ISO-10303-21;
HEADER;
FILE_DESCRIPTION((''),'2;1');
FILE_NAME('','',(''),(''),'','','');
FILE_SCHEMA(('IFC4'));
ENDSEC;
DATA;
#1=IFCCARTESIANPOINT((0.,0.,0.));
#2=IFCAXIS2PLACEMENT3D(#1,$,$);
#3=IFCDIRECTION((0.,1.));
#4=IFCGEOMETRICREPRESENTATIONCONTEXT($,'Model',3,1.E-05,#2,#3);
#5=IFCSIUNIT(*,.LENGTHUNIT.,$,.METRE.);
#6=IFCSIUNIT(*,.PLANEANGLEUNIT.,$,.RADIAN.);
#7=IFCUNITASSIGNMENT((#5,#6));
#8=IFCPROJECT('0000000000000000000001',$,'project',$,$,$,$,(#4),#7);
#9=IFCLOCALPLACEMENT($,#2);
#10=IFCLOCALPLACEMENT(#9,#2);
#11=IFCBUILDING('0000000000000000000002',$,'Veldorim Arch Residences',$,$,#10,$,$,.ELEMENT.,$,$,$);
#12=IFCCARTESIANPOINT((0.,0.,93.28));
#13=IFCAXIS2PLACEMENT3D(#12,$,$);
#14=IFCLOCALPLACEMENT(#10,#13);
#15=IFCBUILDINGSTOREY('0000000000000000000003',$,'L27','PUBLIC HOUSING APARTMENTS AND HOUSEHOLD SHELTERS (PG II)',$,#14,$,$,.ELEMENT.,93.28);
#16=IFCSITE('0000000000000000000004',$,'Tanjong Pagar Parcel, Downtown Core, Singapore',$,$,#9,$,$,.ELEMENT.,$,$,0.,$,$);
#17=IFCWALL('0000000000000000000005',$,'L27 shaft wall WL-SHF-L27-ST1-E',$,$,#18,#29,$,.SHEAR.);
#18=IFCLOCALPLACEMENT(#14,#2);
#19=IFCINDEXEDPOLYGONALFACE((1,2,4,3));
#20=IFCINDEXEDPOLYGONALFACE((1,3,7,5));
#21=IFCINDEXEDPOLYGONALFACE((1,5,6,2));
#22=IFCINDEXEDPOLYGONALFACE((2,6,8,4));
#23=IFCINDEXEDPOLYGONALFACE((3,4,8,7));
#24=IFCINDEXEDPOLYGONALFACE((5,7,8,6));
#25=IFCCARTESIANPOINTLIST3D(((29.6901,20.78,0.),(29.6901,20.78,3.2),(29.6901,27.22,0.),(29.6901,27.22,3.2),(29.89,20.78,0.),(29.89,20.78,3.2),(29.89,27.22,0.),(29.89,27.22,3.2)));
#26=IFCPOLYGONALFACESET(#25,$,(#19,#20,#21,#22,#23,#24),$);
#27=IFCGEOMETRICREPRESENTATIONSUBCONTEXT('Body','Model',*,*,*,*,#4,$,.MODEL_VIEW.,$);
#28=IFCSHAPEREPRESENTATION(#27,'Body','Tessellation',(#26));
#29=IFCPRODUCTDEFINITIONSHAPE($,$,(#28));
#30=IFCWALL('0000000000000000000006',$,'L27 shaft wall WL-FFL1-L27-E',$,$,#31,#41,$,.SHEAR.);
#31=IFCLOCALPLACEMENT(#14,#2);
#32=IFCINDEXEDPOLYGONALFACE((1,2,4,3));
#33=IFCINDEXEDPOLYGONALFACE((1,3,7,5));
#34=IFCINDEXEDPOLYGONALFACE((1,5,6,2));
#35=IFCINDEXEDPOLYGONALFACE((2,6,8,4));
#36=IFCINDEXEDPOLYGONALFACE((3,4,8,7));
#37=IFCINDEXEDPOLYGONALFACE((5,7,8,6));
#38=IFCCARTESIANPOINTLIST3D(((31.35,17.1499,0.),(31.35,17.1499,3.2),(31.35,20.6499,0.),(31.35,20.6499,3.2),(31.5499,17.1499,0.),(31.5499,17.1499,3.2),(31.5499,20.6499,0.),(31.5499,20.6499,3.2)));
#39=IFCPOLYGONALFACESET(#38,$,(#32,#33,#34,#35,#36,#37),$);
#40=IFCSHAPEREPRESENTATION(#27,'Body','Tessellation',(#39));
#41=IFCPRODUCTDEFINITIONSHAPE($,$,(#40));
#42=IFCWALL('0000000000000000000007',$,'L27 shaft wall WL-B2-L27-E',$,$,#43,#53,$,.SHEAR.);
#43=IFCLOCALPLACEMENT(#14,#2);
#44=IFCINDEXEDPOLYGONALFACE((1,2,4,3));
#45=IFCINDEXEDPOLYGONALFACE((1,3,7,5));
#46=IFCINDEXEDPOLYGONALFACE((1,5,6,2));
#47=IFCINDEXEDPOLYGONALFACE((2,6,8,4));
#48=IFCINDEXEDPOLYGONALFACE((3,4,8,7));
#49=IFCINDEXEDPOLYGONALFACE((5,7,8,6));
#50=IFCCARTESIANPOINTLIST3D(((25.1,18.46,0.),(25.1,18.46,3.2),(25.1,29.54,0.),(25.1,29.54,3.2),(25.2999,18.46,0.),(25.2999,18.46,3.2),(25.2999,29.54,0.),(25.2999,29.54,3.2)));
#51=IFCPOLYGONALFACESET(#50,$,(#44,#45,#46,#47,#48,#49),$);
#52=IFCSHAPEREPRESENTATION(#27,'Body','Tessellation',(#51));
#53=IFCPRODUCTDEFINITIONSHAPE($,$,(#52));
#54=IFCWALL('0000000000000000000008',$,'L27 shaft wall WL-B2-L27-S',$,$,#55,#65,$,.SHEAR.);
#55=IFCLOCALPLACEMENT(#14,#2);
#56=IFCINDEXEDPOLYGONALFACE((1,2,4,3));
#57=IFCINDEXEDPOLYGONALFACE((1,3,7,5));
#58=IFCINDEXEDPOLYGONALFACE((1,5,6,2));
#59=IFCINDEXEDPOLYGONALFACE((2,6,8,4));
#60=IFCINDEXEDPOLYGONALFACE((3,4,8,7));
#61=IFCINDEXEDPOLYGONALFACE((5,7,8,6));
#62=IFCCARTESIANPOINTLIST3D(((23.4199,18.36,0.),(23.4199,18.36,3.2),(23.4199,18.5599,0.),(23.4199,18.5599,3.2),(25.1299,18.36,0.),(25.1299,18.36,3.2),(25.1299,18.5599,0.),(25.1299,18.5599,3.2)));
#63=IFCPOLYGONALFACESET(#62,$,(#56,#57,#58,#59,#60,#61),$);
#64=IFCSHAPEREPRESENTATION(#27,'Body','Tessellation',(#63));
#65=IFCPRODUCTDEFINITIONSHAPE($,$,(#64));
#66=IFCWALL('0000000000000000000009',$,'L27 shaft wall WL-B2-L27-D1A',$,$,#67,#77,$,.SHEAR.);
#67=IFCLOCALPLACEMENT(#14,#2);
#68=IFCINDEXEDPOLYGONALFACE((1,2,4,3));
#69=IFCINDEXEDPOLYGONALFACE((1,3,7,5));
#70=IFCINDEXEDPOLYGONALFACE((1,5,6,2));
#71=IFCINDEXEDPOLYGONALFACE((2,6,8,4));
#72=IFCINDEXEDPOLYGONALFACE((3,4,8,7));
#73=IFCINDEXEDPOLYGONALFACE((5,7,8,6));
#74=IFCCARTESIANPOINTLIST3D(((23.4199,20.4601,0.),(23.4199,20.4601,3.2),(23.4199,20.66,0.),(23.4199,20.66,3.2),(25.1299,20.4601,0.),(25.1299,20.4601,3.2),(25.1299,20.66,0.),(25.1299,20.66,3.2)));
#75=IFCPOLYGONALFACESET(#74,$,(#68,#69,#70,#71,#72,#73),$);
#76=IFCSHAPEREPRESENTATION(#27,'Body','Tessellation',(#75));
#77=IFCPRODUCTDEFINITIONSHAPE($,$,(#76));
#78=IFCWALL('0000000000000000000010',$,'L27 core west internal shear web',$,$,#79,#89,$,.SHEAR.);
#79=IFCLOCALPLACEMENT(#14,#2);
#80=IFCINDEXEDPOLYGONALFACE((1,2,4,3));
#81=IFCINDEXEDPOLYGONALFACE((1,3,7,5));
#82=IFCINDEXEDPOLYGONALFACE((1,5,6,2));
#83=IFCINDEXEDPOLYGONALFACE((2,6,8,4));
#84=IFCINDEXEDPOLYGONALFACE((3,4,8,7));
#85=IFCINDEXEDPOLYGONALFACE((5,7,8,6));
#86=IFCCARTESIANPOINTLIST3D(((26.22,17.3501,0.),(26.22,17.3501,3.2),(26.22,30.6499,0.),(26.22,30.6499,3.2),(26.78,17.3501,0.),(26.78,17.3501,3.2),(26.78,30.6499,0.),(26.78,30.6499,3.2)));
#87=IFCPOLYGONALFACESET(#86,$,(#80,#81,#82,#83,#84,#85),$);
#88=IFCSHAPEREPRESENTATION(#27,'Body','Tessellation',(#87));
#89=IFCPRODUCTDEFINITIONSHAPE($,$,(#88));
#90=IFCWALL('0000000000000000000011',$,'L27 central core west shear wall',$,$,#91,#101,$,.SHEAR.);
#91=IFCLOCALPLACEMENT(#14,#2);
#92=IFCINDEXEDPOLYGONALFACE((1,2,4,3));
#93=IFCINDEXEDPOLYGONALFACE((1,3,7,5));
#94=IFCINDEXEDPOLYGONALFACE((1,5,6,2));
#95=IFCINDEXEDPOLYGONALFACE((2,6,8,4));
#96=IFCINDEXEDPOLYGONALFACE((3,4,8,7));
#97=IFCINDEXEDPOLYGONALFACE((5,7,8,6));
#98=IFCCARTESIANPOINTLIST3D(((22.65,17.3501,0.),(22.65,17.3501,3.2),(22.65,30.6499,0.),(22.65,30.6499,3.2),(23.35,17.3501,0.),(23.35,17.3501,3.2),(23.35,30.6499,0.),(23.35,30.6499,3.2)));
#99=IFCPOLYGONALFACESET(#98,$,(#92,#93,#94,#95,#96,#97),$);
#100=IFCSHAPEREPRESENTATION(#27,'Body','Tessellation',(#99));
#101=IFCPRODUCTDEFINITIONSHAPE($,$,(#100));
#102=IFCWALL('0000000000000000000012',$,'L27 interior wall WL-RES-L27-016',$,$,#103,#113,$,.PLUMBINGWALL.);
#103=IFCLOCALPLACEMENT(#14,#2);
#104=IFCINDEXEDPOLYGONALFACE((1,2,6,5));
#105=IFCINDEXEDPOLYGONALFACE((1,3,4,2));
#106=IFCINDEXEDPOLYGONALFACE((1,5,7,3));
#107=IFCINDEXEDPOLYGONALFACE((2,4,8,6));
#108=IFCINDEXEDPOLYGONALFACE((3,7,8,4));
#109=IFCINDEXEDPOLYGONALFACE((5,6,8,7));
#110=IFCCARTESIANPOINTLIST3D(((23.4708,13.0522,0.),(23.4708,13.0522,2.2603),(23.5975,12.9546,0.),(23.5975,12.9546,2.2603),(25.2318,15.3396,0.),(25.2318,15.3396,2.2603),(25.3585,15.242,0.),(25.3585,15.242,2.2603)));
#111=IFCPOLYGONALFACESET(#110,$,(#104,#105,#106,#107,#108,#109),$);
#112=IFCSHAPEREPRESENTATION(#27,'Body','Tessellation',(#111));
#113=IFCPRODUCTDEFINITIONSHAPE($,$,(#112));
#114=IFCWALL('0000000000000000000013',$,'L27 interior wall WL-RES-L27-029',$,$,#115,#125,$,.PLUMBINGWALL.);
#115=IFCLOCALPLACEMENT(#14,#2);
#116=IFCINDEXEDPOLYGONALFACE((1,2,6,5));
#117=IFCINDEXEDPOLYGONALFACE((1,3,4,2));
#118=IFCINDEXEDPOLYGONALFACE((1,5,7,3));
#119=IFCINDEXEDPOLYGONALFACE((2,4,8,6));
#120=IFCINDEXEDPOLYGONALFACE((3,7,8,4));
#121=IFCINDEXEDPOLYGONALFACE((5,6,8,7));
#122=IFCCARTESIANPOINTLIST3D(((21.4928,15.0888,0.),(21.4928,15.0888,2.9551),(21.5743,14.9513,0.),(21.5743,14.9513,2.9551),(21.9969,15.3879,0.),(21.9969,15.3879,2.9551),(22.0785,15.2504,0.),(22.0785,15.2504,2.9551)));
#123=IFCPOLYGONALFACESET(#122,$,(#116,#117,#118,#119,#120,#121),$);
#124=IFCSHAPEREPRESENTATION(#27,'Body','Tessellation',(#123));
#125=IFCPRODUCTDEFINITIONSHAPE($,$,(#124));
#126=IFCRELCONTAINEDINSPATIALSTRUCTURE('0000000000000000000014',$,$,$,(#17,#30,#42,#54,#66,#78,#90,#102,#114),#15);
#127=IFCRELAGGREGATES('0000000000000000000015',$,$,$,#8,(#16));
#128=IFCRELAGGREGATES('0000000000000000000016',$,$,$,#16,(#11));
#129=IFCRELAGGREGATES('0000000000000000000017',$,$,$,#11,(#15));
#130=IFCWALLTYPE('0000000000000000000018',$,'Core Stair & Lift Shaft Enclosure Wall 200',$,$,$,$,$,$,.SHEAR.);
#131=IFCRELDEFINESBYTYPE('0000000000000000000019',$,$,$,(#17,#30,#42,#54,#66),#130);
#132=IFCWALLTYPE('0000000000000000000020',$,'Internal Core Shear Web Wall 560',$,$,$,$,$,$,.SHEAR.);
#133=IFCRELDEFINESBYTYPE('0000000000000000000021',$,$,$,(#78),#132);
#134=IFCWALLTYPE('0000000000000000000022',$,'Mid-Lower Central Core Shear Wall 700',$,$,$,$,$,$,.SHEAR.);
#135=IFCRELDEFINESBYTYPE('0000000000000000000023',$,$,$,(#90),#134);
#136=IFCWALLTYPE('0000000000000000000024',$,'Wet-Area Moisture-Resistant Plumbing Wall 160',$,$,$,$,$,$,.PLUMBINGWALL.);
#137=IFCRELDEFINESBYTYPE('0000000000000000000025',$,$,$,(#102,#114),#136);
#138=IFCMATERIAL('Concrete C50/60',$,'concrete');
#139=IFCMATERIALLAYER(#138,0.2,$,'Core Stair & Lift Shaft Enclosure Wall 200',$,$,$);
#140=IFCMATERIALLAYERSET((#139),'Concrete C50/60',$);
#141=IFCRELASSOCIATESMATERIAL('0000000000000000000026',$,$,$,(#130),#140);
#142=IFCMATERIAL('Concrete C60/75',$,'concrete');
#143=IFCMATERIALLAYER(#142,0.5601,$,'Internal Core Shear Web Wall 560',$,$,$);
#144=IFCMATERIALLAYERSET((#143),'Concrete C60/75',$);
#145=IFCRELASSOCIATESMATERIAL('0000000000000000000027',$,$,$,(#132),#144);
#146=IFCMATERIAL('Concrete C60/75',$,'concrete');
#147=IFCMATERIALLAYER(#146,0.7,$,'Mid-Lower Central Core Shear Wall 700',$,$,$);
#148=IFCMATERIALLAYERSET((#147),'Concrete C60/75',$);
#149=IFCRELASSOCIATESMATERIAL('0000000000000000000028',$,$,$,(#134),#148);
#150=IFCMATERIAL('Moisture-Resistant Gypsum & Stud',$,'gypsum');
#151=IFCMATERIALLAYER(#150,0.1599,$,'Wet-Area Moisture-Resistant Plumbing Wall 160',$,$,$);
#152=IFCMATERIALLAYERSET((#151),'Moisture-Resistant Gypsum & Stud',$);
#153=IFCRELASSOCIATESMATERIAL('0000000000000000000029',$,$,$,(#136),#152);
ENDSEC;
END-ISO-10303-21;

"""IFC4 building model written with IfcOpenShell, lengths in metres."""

from ifc_helpers import new_model, si_unit, direction, frame, frame_2d, origin, place, context, subcontext, project, spatial, rectangle, extrude, material, layer, layer_set, type_object, element, save


model = new_model("IFC4")

# Units and contexts
model_context = context("Model", 3, precision=1e-05, world=origin(), true_north=direction((0.0, 1.0)))
body_context = subcontext(model_context, "Body", "Model", "MODEL_VIEW")
ifc_project = project(units=[si_unit("LENGTHUNIT", "METRE"), si_unit("PLANEANGLEUNIT", "RADIAN")], contexts=[model_context])

# Site, building, storey
site_placement = place(None, origin())
site = spatial("IfcSite", under=ifc_project, at=site_placement, Name="Tanjong Pagar Parcel, Downtown Core, Singapore", CompositionType="ELEMENT", RefElevation=0.0)
building_placement = place(site_placement, origin())
building = spatial("IfcBuilding", under=site, at=building_placement, Name="Veldorim Arch Residences", CompositionType="ELEMENT")
storey_placement = place(building_placement, frame((0.0, 0.0, 93.28)))
storey = spatial("IfcBuildingStorey", under=building, at=storey_placement, Name="L27", Description="PUBLIC HOUSING APARTMENTS AND HOUSEHOLD SHELTERS (PG II)", CompositionType="ELEMENT", Elevation=93.28)

# Wall
ifc_material_1 = material(Name="Concrete C50/60", Category="concrete")
ifc_layer_1 = layer(ifc_material_1, 0.2, Name="Core Stair & Lift Shaft Enclosure Wall 200")
ifc_layer_set_1 = layer_set([ifc_layer_1], Name="Concrete C50/60")
wall_type_1 = type_object("IfcWallType", Name="Core Stair & Lift Shaft Enclosure Wall 200", PredefinedType="SHEAR", material=ifc_layer_set_1)
wall_1_placement = place(storey_placement, frame((29.79, 20.78, 0.0), z_axis=(0.0, 0.0, 1.0), x_axis=(0.0, 1.0, 0.0)))
element("IfcWall", 1, at=wall_1_placement, inside=storey, type_object=wall_type_1, Name="L27 shaft wall WL-SHF-L27-ST1-E", PredefinedType="SHEAR", context=body_context, shape_type="SweptSolid", body=[
    extrude(rectangle(XDim=6.4399, YDim=0.2, at=frame_2d((3.22, 0.0))), origin(), (0.0, 0.0, 1.0), 3.2),
])

# Wall
wall_2_placement = place(storey_placement, frame((31.45, 17.1499, 0.0), z_axis=(0.0, 0.0, 1.0), x_axis=(0.0, 1.0, 0.0)))
element("IfcWall", 2, at=wall_2_placement, inside=storey, type_object=wall_type_1, Name="L27 shaft wall WL-FFL1-L27-E", PredefinedType="SHEAR", context=body_context, shape_type="SweptSolid", body=[
    extrude(rectangle(XDim=3.5, YDim=0.2, at=frame_2d((1.75, 0.0))), origin(), (0.0, 0.0, 1.0), 3.2),
])

# Walls
wall_3_placement = place(storey_placement, frame((25.2, 18.46, 0.0), z_axis=(0.0, 0.0, 1.0), x_axis=(0.0, 1.0, 0.0)))
element("IfcWall", 3, at=wall_3_placement, inside=storey, type_object=wall_type_1, Name="L27 shaft wall WL-B2-L27-E", PredefinedType="SHEAR", context=body_context, shape_type="SweptSolid", body=[
    extrude(rectangle(XDim=11.0801, YDim=0.2, at=frame_2d((5.54, 0.0))), origin(), (0.0, 0.0, 1.0), 3.2),
])
for number, where, z_axis, x_axis, name in (
    (4, (23.4199, 18.46, 0.0), (0.0, 0.0, 1.0), (1.0, 0.0, 0.0), "L27 shaft wall WL-B2-L27-S"),
    (5, (23.4199, 20.5601, 0.0), (0.0, 0.0, 1.0), (1.0, 0.0, 0.0), "L27 shaft wall WL-B2-L27-D1A"),
):
    element("IfcWall", number, at=place(storey_placement, frame(where, z_axis=z_axis, x_axis=x_axis)), inside=storey, type_object=wall_type_1, Name=name, PredefinedType="SHEAR", context=body_context, shape_type="SweptSolid", body=[
        extrude(rectangle(XDim=1.71, YDim=0.2, at=frame_2d((0.855, 0.0))), origin(), (0.0, 0.0, 1.0), 3.2),
    ])
ifc_material_2 = material(Name="Concrete C60/75", Category="concrete")
ifc_layer_2 = layer(ifc_material_2, 0.5601, Name="Internal Core Shear Web Wall 560")
ifc_layer_set_2 = layer_set([ifc_layer_2], Name="Concrete C60/75")
wall_type_2 = type_object("IfcWallType", Name="Internal Core Shear Web Wall 560", PredefinedType="SHEAR", material=ifc_layer_set_2)
wall_4_placement = place(storey_placement, frame((26.5, 17.3501, 0.0), z_axis=(0.0, 0.0, 1.0), x_axis=(0.0, 1.0, 0.0)))
element("IfcWall", 6, at=wall_4_placement, inside=storey, type_object=wall_type_2, Name="L27 core west internal shear web", PredefinedType="SHEAR", context=body_context, shape_type="SweptSolid", body=[
    extrude(rectangle(XDim=13.2998, YDim=0.5601, at=frame_2d((6.6499, 0.0))), origin(), (0.0, 0.0, 1.0), 3.2),
])

# Shared definitions
ifc_material_3 = material(Name="Concrete C60/75", Category="concrete")
ifc_layer_3 = layer(ifc_material_3, 0.7, Name="Mid-Lower Central Core Shear Wall 700")
ifc_layer_set_3 = layer_set([ifc_layer_3], Name="Concrete C60/75")
wall_type_3 = type_object("IfcWallType", Name="Mid-Lower Central Core Shear Wall 700", PredefinedType="SHEAR", material=ifc_layer_set_3)

# Walls
wall_5_placement = place(storey_placement, frame((23.0, 17.3501, 0.0), z_axis=(0.0, 0.0, 1.0), x_axis=(0.0, 1.0, 0.0)))
element("IfcWall", 7, at=wall_5_placement, inside=storey, type_object=wall_type_3, Name="L27 central core west shear wall", PredefinedType="SHEAR", context=body_context, shape_type="SweptSolid", body=[
    extrude(rectangle(XDim=13.2998, YDim=0.7, at=frame_2d((6.6499, 0.0))), origin(), (0.0, 0.0, 1.0), 3.2),
])
ifc_material_4 = material(Name="Moisture-Resistant Gypsum & Stud", Category="gypsum")
ifc_layer_4 = layer(ifc_material_4, 0.1599, Name="Wet-Area Moisture-Resistant Plumbing Wall 160")
ifc_layer_set_4 = layer_set([ifc_layer_4], Name="Moisture-Resistant Gypsum & Stud")
wall_type_4 = type_object("IfcWallType", Name="Wet-Area Moisture-Resistant Plumbing Wall 160", PredefinedType="PLUMBINGWALL", material=ifc_layer_set_4)
wall_6_placement = place(storey_placement, frame((23.5342, 13.0034, 0.0), z_axis=(0.0, 0.0, 1.0), x_axis=(0.610034, 0.792376, 0.0)))
element("IfcWall", 8, at=wall_6_placement, inside=storey, type_object=wall_type_4, Name="L27 interior wall WL-RES-L27-016", PredefinedType="PLUMBINGWALL", context=body_context, shape_type="SweptSolid", body=[
    extrude(rectangle(XDim=2.8867, YDim=0.1599, at=frame_2d((1.4434, 0.0))), origin(), (0.0, 0.0, 1.0), 2.2603),
])
wall_7_placement = place(storey_placement, frame((22.0376, 15.3191, 0.0), z_axis=(0.0, 0.0, 1.0), x_axis=(-0.860055, -0.510202, 0.0)))
element("IfcWall", 9, at=wall_7_placement, inside=storey, type_object=wall_type_4, Name="L27 interior wall WL-RES-L27-029", PredefinedType="PLUMBINGWALL", context=body_context, shape_type="SweptSolid", body=[
    extrude(rectangle(XDim=0.5862, YDim=0.1599, at=frame_2d((0.293, 0.0))), origin(), (0.0, 0.0, 1.0), 2.9551),
])

save(model, "model.ifc")
